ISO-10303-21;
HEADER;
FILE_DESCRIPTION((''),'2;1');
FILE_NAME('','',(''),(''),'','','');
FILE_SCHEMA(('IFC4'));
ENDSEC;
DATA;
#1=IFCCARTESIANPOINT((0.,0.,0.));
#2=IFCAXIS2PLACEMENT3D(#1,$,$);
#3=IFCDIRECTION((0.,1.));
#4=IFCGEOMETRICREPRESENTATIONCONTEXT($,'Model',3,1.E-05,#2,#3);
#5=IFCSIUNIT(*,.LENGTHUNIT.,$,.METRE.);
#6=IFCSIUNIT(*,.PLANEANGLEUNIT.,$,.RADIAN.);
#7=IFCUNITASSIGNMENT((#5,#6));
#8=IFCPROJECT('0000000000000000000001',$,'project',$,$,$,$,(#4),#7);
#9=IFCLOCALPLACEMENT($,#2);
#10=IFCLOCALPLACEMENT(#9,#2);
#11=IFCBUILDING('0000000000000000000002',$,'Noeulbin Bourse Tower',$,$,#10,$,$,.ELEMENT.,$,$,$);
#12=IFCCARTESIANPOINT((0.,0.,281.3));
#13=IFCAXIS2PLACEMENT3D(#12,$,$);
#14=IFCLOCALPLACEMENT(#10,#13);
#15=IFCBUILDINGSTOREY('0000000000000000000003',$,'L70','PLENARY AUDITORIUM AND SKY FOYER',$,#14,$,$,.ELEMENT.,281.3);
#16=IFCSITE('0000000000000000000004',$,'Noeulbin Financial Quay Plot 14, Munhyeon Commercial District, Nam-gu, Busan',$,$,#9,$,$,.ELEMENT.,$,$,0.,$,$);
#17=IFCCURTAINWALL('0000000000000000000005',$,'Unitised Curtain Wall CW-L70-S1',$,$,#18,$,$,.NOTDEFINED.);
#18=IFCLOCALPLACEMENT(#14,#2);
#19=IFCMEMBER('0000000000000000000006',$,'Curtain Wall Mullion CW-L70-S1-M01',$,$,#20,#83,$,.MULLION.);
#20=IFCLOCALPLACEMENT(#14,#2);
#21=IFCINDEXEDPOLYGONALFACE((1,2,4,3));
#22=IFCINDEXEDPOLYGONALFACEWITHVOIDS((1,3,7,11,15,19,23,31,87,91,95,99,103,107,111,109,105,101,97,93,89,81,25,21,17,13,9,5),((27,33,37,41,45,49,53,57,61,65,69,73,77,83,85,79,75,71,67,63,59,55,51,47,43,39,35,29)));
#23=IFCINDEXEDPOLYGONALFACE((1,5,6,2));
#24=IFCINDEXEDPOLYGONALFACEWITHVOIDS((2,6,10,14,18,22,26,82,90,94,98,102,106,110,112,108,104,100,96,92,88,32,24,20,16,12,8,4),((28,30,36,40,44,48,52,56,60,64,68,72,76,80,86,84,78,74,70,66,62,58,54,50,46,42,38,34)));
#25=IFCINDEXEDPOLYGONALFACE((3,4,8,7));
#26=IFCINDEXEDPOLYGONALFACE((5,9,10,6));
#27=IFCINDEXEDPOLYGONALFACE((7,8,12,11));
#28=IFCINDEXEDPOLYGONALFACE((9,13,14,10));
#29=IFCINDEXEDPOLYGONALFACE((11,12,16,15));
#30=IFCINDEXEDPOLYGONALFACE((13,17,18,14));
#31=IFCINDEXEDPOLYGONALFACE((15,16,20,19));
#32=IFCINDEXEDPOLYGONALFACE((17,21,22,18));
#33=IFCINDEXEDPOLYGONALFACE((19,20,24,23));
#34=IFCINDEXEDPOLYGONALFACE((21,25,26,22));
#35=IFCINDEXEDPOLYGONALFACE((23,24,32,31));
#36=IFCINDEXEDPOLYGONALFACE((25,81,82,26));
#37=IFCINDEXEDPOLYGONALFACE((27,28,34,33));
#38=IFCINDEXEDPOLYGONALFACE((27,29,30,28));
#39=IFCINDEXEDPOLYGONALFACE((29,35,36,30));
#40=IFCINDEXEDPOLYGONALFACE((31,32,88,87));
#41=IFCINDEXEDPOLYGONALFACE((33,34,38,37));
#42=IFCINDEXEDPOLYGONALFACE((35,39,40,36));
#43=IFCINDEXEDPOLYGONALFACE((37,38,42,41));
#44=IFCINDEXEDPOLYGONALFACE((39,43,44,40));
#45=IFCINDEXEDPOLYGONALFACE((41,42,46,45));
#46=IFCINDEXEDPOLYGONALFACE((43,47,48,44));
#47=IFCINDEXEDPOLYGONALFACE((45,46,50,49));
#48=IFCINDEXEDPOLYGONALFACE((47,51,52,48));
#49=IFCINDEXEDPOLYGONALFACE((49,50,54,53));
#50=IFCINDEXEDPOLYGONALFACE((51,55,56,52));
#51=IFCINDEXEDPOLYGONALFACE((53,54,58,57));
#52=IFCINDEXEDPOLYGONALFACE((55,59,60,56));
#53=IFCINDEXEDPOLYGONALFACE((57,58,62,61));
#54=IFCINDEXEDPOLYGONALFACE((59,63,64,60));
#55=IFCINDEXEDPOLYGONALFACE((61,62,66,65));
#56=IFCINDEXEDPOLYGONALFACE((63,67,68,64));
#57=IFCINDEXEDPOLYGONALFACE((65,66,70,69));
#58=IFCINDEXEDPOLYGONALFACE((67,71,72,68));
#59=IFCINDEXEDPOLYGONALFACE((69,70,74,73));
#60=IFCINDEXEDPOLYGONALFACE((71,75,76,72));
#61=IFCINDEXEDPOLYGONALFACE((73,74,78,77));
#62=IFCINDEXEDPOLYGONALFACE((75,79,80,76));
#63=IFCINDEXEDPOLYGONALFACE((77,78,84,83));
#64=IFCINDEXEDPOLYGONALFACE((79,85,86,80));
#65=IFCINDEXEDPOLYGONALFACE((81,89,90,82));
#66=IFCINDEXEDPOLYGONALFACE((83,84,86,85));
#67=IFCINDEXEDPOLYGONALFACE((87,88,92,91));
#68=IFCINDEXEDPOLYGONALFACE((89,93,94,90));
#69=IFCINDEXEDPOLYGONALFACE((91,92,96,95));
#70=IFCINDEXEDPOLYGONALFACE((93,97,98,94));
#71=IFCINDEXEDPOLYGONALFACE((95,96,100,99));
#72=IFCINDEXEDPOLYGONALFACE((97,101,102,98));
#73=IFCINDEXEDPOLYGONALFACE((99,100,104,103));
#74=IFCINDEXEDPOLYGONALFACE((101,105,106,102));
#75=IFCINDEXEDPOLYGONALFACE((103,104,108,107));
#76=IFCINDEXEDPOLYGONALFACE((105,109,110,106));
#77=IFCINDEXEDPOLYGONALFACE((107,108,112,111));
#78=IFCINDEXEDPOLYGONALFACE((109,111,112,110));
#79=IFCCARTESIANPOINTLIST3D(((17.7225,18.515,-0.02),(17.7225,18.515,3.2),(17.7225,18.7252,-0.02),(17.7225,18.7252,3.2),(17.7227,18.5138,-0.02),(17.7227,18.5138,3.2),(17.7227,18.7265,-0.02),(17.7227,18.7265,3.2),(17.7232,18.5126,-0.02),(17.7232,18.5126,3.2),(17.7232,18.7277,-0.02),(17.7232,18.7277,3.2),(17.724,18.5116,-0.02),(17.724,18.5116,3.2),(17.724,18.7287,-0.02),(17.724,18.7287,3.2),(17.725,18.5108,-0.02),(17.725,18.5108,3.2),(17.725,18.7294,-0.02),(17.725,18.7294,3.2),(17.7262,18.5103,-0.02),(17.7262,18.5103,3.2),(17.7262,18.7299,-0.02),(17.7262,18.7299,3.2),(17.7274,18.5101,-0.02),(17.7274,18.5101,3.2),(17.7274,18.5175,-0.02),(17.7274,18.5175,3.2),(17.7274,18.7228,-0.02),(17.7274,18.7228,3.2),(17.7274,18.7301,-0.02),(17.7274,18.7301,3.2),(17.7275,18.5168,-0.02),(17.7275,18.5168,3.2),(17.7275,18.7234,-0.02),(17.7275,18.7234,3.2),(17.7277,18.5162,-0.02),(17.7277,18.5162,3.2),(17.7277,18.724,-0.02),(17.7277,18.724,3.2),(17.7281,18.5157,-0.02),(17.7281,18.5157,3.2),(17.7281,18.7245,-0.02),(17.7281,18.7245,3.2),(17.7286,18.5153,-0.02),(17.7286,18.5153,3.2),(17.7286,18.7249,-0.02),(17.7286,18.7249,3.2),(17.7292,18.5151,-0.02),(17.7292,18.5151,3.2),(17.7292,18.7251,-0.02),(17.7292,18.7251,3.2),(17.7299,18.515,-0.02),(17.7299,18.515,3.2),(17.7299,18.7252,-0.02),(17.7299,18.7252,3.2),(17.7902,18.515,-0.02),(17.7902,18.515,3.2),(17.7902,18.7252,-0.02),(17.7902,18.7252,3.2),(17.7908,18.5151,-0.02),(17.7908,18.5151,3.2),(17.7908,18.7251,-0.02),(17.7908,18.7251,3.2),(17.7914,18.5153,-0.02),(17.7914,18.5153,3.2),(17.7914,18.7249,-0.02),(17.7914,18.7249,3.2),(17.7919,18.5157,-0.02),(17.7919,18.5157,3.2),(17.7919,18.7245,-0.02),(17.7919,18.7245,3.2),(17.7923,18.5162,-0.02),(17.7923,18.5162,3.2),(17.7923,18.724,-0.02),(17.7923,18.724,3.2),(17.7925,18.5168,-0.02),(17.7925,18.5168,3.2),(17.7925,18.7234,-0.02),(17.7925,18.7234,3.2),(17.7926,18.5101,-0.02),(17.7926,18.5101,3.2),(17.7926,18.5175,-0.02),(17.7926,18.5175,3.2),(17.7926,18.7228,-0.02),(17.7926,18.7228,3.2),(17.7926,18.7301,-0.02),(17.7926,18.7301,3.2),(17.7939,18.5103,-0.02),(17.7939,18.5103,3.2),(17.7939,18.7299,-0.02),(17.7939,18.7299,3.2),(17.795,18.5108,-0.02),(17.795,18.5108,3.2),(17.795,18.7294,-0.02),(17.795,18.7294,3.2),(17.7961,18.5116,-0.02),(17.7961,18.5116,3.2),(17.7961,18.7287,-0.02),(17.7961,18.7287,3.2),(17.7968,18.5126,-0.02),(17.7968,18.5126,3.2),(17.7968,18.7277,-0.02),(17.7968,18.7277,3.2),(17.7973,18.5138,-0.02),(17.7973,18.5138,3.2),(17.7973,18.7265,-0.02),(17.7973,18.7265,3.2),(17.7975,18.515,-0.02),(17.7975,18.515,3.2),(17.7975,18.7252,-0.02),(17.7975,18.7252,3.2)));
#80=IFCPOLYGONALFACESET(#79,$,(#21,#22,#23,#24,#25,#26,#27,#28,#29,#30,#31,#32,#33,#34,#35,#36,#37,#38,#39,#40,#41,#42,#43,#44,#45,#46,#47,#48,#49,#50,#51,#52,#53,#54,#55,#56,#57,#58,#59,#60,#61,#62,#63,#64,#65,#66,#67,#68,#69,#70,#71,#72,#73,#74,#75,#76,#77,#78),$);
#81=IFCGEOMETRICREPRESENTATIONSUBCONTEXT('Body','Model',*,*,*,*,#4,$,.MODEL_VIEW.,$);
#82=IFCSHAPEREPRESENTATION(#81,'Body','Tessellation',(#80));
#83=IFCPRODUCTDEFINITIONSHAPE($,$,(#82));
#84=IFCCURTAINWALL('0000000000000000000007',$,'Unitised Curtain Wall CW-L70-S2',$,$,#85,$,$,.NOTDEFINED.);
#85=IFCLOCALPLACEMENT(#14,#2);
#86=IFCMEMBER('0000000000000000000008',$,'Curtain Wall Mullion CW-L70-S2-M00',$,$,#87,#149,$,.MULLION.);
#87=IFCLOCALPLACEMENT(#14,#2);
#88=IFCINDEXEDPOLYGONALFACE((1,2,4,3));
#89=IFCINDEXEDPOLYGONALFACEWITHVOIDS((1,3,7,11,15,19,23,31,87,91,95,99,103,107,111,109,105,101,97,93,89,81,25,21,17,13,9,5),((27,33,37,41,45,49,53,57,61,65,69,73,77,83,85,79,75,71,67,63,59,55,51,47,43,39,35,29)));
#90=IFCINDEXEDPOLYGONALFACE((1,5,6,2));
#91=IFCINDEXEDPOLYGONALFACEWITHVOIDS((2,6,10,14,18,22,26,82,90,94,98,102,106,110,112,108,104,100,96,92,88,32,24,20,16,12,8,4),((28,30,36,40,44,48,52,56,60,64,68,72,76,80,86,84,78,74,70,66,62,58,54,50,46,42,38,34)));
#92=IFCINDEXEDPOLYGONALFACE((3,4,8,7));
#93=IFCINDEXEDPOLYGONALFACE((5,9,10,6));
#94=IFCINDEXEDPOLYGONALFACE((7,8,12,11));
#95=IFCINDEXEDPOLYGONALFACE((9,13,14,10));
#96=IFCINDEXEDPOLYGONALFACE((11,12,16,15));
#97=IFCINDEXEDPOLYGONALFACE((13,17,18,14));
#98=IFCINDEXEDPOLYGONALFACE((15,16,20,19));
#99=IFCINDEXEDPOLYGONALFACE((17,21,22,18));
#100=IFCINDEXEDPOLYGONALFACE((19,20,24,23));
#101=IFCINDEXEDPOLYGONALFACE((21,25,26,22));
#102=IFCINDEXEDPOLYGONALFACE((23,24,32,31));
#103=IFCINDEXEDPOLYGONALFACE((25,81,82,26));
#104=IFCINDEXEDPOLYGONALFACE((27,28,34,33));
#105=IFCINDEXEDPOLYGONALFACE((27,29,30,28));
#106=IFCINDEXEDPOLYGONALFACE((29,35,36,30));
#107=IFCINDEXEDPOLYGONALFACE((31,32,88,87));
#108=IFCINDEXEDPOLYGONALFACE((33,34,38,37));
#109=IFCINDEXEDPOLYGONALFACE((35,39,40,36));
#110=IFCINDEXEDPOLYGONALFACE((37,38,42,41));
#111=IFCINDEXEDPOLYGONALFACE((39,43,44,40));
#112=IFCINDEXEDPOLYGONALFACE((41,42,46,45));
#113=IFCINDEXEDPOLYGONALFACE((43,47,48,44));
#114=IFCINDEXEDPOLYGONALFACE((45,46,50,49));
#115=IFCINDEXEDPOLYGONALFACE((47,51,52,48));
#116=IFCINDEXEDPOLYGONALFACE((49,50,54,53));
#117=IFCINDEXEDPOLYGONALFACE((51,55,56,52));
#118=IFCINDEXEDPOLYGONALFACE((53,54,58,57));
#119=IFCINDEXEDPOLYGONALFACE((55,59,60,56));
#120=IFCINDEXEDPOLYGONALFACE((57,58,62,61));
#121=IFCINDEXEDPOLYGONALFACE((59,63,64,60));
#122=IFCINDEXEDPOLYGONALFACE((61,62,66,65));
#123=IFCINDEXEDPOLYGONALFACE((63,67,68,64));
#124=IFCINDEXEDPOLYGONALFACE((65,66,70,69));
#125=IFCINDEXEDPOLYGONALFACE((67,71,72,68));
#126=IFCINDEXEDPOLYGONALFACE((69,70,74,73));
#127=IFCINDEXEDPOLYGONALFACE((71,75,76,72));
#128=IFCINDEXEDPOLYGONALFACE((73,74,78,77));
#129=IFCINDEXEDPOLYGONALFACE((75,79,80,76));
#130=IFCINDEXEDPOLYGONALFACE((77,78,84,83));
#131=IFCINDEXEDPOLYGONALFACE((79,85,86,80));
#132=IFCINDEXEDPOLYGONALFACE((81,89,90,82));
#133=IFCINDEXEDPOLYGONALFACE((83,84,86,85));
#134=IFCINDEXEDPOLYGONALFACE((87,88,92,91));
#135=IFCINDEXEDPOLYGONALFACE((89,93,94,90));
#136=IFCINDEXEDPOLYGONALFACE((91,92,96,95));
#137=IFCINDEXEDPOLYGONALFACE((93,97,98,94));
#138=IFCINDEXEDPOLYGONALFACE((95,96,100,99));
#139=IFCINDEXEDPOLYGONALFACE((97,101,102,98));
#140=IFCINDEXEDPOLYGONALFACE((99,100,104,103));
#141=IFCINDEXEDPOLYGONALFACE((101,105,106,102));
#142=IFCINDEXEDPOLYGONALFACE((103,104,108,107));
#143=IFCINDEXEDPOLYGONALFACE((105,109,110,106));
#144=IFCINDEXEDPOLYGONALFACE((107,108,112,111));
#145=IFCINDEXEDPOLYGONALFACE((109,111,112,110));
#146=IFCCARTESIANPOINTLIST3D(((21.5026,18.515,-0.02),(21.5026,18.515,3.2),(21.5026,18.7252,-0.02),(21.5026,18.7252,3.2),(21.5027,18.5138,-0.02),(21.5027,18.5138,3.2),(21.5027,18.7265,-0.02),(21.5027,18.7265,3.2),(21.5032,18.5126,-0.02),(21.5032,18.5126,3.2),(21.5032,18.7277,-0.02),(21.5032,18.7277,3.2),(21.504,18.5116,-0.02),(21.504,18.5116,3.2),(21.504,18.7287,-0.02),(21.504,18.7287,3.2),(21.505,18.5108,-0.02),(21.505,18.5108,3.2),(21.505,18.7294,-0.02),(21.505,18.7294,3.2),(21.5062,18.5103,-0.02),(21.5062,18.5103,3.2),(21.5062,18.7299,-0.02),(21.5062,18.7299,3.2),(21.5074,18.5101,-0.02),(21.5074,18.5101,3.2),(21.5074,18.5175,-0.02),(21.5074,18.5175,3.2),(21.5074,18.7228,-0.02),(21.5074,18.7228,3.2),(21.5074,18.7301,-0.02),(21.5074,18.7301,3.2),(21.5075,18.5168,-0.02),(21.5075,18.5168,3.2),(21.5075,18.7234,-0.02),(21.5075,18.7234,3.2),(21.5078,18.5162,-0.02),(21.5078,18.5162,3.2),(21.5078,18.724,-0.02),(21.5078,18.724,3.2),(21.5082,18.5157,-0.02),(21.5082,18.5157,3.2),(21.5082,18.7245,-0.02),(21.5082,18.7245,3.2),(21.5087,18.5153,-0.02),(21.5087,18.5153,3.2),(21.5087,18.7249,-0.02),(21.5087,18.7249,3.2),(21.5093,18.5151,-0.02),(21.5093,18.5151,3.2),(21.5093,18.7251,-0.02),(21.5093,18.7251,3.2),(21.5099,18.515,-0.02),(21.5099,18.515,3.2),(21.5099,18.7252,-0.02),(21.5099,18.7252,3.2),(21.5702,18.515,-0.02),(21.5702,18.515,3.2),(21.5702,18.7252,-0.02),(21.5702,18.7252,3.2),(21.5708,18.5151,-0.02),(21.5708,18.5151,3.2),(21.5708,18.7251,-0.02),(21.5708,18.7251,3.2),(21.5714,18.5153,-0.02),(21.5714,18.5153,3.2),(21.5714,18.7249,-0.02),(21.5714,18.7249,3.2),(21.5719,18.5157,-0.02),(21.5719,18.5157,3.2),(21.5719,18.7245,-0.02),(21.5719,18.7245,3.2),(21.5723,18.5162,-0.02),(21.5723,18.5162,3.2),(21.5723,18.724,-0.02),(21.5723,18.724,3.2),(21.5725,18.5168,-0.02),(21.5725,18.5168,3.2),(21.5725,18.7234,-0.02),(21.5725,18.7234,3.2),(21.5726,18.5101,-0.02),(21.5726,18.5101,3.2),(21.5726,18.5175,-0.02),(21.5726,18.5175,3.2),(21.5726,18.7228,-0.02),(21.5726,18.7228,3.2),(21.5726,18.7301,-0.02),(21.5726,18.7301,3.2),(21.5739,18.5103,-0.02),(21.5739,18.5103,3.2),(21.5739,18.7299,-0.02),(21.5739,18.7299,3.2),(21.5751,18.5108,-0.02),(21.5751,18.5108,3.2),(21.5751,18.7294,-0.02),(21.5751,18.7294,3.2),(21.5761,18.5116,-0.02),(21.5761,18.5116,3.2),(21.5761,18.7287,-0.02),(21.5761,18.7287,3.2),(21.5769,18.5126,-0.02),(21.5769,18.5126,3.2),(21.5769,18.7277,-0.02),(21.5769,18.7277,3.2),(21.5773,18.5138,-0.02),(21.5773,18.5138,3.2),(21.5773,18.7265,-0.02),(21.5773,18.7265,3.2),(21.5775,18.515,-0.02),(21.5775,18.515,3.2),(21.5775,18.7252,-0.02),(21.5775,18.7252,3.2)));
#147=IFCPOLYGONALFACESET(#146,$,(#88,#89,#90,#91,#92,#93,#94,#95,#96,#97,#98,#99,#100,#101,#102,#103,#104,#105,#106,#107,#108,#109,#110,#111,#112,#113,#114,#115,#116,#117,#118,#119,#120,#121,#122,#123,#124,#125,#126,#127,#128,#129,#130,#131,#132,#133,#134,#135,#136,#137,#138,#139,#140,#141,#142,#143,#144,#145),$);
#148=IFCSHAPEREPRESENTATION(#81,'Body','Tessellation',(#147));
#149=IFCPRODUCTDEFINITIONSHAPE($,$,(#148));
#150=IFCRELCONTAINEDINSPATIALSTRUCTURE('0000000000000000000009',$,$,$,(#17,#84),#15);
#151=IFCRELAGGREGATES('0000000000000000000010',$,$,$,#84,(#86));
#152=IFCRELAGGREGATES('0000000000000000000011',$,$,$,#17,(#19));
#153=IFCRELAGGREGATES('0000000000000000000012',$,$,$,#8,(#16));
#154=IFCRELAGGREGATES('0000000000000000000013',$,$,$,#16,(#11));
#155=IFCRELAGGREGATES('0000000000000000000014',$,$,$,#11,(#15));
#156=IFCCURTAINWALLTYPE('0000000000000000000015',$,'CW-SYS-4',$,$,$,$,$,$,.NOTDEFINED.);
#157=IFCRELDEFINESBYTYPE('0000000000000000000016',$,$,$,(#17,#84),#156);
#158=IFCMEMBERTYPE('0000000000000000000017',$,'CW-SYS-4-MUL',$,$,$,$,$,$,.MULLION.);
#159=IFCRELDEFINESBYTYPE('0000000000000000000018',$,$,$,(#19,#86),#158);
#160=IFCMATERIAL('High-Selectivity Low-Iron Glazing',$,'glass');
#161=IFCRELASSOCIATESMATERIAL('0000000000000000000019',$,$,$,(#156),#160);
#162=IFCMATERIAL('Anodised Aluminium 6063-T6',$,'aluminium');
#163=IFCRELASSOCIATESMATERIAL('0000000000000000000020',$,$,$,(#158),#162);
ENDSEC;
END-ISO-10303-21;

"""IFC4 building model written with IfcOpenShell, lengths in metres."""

from ifc_helpers import new_model, si_unit, direction, frame, origin, origin_2d, place, context, subcontext, project, spatial, hollow_rectangle, extrude, material, material_profile, profile_set, type_object, element, aggregate, save


model = new_model("IFC4")

# Units and contexts
model_context = context("Model", 3, precision=1e-05, world=origin(), true_north=direction((0.0, 1.0)))
body_context = subcontext(model_context, "Body", "Model", "MODEL_VIEW")
ifc_project = project(units=[si_unit("LENGTHUNIT", "METRE"), si_unit("PLANEANGLEUNIT", "RADIAN")], contexts=[model_context])

# Site, building, storey
site_placement = place(None, origin())
site = spatial("IfcSite", under=ifc_project, at=site_placement, Name="Noeulbin Financial Quay Plot 14, Munhyeon Commercial District, Nam-gu, Busan", CompositionType="ELEMENT", RefElevation=0.0)
building_placement = place(site_placement, origin())
building = spatial("IfcBuilding", under=site, at=building_placement, Name="Noeulbin Bourse Tower", CompositionType="ELEMENT")
storey_placement = place(building_placement, frame((0.0, 0.0, 281.3)))
storey = spatial("IfcBuildingStorey", under=building, at=storey_placement, Name="L70", Description="PLENARY AUDITORIUM AND SKY FOYER", CompositionType="ELEMENT", Elevation=281.3)

# Curtain wall, member
ifc_material_1 = material(Name="High-Selectivity Low-Iron Glazing", Category="glass")
curtain_wall_type = type_object("IfcCurtainWallType", Name="CW-SYS-4", PredefinedType="NOTDEFINED", material=ifc_material_1)
curtain_wall_1_placement = place(storey_placement, origin())
curtain_wall_1 = element("IfcCurtainWall", 1, at=curtain_wall_1_placement, inside=storey, type_object=curtain_wall_type, Name="Unitised Curtain Wall CW-L70-S1", PredefinedType="NOTDEFINED")
ifc_material_2 = material(Name="Anodised Aluminium 6063-T6", Category="aluminium")
ifc_material_profile_1 = material_profile(ifc_material_2, hollow_rectangle(XDim=0.075, YDim=0.22, WallThickness=0.0049, InnerFilletRadius=0.0024, OuterFilletRadius=0.0049, at=origin_2d()), Name="ALU-MULL-75x220x5", Category="LoadBearing")
ifc_profile_set_1 = profile_set([ifc_material_profile_1], Name="Anodised Aluminium 6063-T6")
member_type_1 = type_object("IfcMemberType", Name="CW-SYS-4-MUL", PredefinedType="MULLION", material=ifc_profile_set_1)
member_1_placement = place(storey_placement, frame((17.76, 18.6201, -0.02), z_axis=(0.0, 0.0, 1.0), x_axis=(1.0, 0.0, 0.0)))
member_1 = element("IfcMember", 2, at=member_1_placement, type_object=member_type_1, Name="Curtain Wall Mullion CW-L70-S1-M01", PredefinedType="MULLION", context=body_context, shape_type="SweptSolid", body=[
    extrude(hollow_rectangle(XDim=0.075, YDim=0.22, WallThickness=0.0049, InnerFilletRadius=0.0024, OuterFilletRadius=0.0049, at=origin_2d()), origin(), (0.0, 0.0, 1.0), 3.22),
])

# Curtain wall, member
curtain_wall_2_placement = place(storey_placement, origin())
curtain_wall_2 = element("IfcCurtainWall", 3, at=curtain_wall_2_placement, inside=storey, type_object=curtain_wall_type, Name="Unitised Curtain Wall CW-L70-S2", PredefinedType="NOTDEFINED")
member_2_placement = place(storey_placement, frame((21.54, 18.6201, -0.02), z_axis=(0.0, 0.0, 1.0), x_axis=(1.0, 0.0, 0.0)))
member_2 = element("IfcMember", 4, at=member_2_placement, type_object=member_type_1, Name="Curtain Wall Mullion CW-L70-S2-M00", PredefinedType="MULLION", context=body_context, shape_type="SweptSolid", body=[
    extrude(hollow_rectangle(XDim=0.075, YDim=0.22, WallThickness=0.0049, InnerFilletRadius=0.0024, OuterFilletRadius=0.0049, at=origin_2d()), origin(), (0.0, 0.0, 1.0), 3.22),
])
aggregate(curtain_wall_2, [member_2])

aggregate(curtain_wall_1, [member_1])

save(model, "model.ifc")
